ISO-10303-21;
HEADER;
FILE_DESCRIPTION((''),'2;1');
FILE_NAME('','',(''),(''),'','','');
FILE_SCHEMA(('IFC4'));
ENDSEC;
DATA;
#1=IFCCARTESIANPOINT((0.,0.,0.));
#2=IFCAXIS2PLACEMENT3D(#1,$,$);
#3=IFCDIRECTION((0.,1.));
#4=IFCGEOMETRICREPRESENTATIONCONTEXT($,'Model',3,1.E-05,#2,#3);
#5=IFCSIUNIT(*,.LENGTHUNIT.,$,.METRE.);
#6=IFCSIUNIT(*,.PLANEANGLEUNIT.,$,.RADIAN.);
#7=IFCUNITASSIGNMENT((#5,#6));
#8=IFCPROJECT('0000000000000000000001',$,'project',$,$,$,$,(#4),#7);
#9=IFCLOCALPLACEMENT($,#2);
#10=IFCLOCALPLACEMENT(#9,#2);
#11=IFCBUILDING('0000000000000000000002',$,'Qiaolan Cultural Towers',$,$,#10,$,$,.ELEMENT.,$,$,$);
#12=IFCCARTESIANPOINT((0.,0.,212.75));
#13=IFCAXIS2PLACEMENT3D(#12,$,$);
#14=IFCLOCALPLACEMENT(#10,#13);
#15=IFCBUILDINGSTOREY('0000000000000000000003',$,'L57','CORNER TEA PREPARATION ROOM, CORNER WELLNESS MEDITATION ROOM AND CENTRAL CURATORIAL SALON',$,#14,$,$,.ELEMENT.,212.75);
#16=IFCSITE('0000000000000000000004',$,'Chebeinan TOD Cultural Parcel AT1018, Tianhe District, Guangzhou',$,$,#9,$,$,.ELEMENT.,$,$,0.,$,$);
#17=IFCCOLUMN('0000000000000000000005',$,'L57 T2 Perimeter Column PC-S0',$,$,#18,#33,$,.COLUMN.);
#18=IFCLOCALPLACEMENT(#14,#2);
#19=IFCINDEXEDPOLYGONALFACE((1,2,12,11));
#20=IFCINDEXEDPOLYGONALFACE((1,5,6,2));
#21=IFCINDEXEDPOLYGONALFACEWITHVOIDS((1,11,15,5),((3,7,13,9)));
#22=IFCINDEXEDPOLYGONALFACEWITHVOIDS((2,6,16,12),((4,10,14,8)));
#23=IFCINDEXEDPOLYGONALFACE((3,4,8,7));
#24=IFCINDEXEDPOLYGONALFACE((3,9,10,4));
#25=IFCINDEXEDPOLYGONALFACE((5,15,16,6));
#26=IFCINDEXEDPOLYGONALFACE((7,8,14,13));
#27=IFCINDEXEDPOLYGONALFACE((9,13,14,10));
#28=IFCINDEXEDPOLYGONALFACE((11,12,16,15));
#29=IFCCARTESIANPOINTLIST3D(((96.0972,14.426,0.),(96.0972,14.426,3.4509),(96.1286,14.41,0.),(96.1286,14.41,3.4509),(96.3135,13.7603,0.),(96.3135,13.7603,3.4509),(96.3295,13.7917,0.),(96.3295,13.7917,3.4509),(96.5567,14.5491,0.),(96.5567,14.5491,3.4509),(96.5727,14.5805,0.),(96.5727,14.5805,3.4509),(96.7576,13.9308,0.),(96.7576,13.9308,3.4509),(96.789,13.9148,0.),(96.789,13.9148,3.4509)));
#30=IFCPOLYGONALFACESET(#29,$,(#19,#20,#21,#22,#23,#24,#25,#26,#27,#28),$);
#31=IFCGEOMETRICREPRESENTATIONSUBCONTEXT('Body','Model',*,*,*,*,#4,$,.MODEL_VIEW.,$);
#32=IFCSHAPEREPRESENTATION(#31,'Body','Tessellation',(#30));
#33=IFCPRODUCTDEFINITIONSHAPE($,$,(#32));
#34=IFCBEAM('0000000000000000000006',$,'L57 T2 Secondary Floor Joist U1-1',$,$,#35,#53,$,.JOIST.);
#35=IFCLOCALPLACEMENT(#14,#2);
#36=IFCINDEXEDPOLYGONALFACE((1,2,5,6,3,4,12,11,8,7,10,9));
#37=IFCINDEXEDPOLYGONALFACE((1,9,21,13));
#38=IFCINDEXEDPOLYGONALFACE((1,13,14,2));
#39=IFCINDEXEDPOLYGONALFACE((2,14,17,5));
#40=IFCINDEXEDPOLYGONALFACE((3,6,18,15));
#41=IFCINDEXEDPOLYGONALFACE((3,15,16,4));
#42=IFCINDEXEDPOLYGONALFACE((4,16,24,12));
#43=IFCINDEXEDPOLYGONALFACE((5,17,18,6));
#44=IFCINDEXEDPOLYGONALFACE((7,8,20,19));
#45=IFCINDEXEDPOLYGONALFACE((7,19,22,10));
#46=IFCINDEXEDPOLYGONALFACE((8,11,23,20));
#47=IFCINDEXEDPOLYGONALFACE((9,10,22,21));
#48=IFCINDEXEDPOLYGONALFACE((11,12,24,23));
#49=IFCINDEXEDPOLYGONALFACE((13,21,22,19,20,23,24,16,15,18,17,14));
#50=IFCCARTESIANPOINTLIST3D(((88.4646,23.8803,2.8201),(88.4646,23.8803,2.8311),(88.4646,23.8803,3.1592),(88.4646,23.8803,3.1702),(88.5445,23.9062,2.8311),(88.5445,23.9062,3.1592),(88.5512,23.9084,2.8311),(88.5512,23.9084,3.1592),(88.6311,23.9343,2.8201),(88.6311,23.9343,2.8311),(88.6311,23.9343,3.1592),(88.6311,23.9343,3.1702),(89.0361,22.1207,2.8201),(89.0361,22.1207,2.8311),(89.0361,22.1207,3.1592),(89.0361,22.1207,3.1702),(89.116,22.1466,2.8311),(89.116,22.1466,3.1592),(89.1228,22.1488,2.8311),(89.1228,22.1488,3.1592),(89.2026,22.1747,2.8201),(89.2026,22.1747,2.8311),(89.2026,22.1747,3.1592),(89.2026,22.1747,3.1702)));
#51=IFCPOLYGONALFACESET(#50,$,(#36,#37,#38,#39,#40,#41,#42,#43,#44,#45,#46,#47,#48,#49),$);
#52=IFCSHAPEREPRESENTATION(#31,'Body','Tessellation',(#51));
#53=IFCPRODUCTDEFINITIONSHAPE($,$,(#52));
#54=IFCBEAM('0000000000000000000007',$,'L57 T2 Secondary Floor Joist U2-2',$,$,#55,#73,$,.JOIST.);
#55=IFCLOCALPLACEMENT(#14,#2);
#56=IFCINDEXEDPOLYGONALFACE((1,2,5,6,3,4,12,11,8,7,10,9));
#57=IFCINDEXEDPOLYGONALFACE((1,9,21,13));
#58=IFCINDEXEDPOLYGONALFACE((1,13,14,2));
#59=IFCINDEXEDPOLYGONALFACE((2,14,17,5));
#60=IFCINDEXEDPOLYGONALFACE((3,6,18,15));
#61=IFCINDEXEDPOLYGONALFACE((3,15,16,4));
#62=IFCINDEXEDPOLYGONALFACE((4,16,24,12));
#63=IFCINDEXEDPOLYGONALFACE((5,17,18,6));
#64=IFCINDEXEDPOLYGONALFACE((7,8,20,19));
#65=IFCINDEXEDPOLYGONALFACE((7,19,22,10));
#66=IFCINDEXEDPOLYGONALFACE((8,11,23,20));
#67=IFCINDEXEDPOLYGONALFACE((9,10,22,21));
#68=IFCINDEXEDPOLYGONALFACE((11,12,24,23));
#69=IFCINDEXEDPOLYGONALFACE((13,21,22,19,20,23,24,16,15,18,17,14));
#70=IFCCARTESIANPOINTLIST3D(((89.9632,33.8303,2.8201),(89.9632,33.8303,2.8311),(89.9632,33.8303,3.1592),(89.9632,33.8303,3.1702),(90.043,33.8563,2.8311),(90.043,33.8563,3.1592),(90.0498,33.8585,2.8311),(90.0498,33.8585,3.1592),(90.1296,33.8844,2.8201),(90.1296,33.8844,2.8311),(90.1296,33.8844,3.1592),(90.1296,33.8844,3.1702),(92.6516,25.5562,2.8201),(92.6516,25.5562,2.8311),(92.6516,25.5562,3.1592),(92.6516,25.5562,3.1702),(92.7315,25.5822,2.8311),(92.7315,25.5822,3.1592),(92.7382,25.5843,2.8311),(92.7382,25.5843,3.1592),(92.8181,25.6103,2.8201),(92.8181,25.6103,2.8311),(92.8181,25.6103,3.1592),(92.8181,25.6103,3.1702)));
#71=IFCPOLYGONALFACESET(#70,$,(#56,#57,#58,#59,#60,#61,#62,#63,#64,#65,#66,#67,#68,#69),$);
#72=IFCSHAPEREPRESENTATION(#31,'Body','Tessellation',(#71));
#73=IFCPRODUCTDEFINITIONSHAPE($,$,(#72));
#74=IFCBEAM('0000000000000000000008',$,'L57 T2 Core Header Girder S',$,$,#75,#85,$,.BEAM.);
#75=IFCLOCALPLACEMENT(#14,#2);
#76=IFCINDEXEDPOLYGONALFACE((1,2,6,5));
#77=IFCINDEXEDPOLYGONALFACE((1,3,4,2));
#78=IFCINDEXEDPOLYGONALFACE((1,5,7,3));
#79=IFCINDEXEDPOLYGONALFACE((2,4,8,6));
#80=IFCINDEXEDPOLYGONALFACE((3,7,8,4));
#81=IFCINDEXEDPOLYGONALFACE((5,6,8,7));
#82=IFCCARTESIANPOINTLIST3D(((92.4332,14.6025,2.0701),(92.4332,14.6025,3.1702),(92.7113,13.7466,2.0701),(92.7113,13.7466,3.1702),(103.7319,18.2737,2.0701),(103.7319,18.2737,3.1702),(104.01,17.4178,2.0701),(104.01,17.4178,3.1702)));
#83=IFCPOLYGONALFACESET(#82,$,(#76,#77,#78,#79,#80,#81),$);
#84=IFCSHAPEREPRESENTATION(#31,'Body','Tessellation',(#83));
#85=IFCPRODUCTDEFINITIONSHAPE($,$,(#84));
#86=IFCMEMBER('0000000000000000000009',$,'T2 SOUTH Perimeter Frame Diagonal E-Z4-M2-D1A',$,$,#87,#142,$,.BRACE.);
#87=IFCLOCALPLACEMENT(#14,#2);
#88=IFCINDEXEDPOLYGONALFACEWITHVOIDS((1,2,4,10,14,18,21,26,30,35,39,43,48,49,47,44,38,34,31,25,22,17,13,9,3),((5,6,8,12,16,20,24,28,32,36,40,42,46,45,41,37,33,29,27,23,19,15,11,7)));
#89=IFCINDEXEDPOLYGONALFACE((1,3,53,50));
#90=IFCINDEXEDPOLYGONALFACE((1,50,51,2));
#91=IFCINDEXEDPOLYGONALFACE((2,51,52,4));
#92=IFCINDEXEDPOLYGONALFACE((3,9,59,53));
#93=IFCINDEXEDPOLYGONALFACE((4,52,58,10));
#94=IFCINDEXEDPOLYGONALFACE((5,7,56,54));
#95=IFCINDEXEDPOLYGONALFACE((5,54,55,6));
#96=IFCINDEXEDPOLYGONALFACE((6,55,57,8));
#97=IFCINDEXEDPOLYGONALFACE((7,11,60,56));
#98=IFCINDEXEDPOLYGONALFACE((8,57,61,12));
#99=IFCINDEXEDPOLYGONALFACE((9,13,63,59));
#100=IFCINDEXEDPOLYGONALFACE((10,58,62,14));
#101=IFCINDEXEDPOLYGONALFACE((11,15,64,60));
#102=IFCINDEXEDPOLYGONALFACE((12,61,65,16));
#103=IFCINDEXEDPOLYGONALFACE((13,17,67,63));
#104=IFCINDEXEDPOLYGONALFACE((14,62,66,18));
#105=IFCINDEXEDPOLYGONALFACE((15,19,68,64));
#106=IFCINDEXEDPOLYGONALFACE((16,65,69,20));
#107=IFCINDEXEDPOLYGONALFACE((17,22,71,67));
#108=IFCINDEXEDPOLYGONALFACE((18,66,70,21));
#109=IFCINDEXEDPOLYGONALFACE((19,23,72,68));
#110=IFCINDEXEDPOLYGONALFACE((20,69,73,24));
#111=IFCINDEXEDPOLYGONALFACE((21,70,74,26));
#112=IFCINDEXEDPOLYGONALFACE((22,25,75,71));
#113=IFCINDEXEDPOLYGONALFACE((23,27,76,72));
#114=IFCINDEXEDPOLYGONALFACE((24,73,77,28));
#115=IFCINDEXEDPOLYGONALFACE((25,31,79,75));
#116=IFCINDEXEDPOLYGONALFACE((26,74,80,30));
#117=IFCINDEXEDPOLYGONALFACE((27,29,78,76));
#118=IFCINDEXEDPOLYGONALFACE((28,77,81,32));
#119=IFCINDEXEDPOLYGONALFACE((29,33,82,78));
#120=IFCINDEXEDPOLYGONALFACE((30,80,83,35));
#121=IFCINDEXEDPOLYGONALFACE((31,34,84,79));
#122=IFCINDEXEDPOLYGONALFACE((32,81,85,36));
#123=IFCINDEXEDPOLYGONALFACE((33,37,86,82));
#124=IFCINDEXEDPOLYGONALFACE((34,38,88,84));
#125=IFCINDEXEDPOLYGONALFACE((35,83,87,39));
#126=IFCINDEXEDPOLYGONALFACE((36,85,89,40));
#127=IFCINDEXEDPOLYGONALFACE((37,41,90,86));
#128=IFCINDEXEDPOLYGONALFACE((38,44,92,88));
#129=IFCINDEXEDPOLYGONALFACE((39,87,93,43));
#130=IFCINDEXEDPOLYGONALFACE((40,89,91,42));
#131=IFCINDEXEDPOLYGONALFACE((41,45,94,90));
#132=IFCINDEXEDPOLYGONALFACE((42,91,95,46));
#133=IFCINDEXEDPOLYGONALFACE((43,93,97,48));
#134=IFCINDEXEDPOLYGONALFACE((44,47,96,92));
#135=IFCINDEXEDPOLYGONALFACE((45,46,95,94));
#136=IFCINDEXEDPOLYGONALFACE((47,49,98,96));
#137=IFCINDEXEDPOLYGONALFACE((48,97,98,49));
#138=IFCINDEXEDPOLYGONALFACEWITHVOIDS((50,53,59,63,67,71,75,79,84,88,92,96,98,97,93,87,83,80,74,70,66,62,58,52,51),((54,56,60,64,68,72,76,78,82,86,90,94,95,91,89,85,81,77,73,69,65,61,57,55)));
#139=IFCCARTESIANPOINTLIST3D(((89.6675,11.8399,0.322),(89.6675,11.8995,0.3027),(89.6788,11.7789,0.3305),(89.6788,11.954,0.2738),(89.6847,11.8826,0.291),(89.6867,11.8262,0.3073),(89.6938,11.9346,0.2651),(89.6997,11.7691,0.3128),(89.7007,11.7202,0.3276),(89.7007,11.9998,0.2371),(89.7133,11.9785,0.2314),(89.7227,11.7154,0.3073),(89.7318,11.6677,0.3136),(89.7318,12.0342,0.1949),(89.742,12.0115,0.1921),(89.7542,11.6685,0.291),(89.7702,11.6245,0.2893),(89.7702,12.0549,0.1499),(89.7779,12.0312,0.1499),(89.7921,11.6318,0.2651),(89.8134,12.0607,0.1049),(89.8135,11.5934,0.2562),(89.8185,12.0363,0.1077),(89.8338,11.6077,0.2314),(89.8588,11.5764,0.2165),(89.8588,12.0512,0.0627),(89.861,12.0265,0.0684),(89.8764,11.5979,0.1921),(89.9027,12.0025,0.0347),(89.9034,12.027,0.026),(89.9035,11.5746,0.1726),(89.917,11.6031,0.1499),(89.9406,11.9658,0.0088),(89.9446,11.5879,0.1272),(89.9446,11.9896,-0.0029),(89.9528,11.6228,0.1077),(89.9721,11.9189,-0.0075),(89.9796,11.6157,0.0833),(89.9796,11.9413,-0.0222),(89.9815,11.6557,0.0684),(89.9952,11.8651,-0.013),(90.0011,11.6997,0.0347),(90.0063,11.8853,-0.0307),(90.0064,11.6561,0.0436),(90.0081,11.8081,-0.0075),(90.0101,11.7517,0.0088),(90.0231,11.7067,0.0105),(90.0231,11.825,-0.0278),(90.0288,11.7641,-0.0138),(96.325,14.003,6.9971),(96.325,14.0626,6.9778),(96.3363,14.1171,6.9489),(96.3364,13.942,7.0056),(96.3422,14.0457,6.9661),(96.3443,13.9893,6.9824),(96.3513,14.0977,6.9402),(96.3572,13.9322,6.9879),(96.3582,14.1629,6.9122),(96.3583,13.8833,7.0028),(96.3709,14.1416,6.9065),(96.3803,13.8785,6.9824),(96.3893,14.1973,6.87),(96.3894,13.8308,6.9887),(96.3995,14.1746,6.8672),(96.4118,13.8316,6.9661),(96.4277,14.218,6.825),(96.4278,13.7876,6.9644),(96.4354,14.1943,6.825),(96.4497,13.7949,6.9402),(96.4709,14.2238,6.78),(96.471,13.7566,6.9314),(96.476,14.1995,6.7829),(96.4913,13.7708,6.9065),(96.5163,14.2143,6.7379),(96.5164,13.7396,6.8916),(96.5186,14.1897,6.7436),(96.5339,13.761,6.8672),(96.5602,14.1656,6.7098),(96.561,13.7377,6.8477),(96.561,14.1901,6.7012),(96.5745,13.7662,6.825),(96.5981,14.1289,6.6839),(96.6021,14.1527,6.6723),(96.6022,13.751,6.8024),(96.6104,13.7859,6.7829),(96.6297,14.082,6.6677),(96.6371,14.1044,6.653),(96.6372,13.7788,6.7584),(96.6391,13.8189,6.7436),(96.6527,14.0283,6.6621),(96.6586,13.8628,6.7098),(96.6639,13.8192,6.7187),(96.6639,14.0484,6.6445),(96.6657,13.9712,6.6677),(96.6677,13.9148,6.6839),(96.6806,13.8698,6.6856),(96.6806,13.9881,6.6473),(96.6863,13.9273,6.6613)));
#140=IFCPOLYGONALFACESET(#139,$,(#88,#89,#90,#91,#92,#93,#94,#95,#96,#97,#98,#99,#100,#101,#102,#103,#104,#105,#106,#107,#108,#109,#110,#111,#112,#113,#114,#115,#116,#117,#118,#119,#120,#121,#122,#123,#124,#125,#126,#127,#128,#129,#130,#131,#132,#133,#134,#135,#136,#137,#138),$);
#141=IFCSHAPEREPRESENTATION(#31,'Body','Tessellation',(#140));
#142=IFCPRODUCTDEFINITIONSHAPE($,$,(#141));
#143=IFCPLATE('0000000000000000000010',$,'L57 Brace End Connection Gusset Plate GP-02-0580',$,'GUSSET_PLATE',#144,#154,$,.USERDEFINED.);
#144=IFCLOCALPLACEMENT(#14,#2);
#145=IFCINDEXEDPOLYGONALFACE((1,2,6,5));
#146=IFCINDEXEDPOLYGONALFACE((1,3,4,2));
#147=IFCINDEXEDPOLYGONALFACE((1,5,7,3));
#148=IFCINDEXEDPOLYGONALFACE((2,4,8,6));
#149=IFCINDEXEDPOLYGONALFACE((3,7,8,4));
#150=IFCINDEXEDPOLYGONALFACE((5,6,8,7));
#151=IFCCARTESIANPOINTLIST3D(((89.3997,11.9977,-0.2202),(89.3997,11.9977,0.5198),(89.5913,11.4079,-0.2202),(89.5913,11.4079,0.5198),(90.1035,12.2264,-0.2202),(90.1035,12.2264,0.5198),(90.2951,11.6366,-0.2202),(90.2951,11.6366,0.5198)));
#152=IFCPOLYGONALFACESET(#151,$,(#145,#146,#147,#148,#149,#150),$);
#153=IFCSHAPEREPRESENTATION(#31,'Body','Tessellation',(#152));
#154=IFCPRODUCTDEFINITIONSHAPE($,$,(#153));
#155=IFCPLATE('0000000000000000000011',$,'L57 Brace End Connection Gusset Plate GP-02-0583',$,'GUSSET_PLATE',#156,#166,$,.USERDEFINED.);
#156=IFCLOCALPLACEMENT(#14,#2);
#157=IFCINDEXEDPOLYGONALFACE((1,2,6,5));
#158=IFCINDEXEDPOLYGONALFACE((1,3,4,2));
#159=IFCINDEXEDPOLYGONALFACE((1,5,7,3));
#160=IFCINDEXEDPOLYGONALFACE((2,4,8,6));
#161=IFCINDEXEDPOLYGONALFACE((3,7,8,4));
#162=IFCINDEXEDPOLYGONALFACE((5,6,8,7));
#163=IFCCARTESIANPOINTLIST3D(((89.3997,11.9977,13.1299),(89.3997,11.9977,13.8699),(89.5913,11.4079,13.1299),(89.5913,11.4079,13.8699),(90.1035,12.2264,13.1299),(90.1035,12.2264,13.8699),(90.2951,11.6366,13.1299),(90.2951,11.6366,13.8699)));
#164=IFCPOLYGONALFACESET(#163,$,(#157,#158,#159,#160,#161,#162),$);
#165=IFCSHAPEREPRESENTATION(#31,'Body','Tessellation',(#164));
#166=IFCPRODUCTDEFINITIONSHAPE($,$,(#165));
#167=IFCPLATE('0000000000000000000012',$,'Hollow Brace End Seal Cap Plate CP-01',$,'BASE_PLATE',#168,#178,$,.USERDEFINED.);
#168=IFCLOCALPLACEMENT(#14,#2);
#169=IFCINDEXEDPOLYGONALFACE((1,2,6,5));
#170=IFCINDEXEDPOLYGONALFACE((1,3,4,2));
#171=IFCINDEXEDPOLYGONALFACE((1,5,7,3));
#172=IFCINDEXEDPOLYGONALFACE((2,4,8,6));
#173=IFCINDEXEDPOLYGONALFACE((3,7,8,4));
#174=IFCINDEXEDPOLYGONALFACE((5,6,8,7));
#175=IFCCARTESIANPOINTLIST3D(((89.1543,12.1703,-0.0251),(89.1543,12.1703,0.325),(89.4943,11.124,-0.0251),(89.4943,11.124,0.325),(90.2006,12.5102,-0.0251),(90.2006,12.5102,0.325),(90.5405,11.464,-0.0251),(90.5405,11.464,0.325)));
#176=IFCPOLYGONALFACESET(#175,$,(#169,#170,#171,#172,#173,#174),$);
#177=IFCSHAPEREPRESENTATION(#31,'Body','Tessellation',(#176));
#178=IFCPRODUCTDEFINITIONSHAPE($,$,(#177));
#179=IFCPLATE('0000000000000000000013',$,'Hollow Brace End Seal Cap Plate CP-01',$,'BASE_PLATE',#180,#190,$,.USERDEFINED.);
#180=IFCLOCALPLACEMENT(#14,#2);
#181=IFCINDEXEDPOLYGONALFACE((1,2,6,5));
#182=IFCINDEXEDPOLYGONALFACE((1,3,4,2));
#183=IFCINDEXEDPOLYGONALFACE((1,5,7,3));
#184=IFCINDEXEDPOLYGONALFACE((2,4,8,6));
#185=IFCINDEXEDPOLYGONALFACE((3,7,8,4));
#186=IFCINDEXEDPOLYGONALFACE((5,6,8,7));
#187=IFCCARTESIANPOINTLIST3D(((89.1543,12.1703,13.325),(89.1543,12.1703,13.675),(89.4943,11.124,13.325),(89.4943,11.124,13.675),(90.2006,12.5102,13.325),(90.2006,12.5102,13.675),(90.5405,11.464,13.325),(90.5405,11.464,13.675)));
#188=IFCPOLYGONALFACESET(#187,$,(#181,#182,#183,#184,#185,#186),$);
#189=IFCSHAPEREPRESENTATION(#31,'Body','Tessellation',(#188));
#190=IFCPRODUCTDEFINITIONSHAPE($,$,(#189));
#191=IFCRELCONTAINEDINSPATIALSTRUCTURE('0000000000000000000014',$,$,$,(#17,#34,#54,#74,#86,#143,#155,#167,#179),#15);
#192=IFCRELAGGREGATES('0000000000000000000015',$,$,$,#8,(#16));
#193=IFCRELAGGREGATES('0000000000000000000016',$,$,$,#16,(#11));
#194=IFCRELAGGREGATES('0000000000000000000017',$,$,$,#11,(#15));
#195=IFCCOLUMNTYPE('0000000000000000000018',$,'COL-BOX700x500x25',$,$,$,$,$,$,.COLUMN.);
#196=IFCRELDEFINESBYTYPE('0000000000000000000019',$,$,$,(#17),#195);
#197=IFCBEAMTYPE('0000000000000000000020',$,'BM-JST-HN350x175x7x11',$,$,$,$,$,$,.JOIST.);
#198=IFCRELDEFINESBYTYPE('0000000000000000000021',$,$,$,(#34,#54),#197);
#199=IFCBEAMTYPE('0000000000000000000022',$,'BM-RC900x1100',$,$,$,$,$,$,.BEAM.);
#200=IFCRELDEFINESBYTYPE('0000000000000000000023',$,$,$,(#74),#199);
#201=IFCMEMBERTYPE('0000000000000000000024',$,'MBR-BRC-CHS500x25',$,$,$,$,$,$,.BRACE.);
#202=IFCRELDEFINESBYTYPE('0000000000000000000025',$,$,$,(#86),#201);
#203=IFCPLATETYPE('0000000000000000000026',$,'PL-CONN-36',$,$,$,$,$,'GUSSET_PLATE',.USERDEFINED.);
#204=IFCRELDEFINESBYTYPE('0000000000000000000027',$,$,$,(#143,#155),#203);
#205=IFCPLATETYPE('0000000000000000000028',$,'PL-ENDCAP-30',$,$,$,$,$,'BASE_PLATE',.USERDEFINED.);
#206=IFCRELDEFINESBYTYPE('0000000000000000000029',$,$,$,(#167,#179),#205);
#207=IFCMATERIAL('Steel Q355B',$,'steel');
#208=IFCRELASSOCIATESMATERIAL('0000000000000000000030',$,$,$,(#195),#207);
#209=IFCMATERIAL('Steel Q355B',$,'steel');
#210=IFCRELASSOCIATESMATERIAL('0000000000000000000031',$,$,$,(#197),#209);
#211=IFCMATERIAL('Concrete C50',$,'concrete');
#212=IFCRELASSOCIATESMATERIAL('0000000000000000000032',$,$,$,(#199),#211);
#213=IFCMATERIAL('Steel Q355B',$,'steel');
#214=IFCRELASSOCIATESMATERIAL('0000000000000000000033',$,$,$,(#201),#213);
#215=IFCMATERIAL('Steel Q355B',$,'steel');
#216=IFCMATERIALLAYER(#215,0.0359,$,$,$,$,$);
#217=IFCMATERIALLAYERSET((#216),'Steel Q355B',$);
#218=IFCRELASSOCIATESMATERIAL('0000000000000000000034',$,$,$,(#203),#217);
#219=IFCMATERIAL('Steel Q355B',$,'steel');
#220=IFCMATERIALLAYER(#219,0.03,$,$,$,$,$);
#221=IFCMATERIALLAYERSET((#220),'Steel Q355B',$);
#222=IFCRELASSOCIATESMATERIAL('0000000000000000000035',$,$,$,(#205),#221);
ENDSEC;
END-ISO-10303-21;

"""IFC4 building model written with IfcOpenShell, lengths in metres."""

from ifc_helpers import new_model, si_unit, direction, frame, origin, origin_2d, place, context, subcontext, project, spatial, rectangle, hollow_rectangle, hollow_circle, i_section, extrude, material, layer, layer_set, material_profile, profile_set, type_object, element, save


model = new_model("IFC4")

# Units and contexts
model_context = context("Model", 3, precision=1e-05, world=origin(), true_north=direction((0.0, 1.0)))
body_context = subcontext(model_context, "Body", "Model", "MODEL_VIEW")
ifc_project = project(units=[si_unit("LENGTHUNIT", "METRE"), si_unit("PLANEANGLEUNIT", "RADIAN")], contexts=[model_context])

# Site, building, storey
site_placement = place(None, origin())
site = spatial("IfcSite", under=ifc_project, at=site_placement, Name="Chebeinan TOD Cultural Parcel AT1018, Tianhe District, Guangzhou", CompositionType="ELEMENT", RefElevation=0.0)
building_placement = place(site_placement, origin())
building = spatial("IfcBuilding", under=site, at=building_placement, Name="Qiaolan Cultural Towers", CompositionType="ELEMENT")
storey_placement = place(building_placement, frame((0.0, 0.0, 212.75)))
storey = spatial("IfcBuildingStorey", under=building, at=storey_placement, Name="L57", Description="CORNER TEA PREPARATION ROOM, CORNER WELLNESS MEDITATION ROOM AND CENTRAL CURATORIAL SALON", CompositionType="ELEMENT", Elevation=212.75)

# Column
ifc_material_1 = material(Name="Steel Q355B", Category="steel")
ifc_material_profile_1 = material_profile(ifc_material_1, hollow_rectangle(XDim=0.5, YDim=0.7, WallThickness=0.0249, at=origin_2d()), Name="BOX700x500x25")
ifc_profile_set_1 = profile_set([ifc_material_profile_1], Name="Steel Q355B")
column_type = type_object("IfcColumnType", Name="COL-BOX700x500x25", PredefinedType="COLUMN", material=ifc_profile_set_1)
column_placement = place(storey_placement, frame((96.4431, 14.1704, 0.0), z_axis=(0.0, 0.0, 1.0), x_axis=(0.951057, 0.309017, 0.0)))
element("IfcColumn", 1, at=column_placement, inside=storey, type_object=column_type, Name="L57 T2 Perimeter Column PC-S0", PredefinedType="COLUMN", context=body_context, shape_type="SweptSolid", body=[
    extrude(hollow_rectangle(XDim=0.5, YDim=0.7, WallThickness=0.0249, at=origin_2d()), origin(), (0.0, 0.0, 1.0), 3.4509),
])

# Beams
ifc_material_2 = material(Name="Steel Q355B", Category="steel")
ifc_material_profile_2 = material_profile(ifc_material_2, i_section(OverallWidth=0.175, OverallDepth=0.3501, WebThickness=0.0071, FlangeThickness=0.011, at=origin_2d()), Name="HN350x175x7x11")
ifc_profile_set_2 = profile_set([ifc_material_profile_2], Name="Steel Q355B")
beam_type_1 = type_object("IfcBeamType", Name="BM-JST-HN350x175x7x11", PredefinedType="JOIST", material=ifc_profile_set_2)
beam_1_placement = place(storey_placement, frame((89.1194, 22.1477, 2.9951), z_axis=(-0.308934, 0.951084, 0.0), x_axis=(-0.951084, -0.308934, 0.0)))
element("IfcBeam", 2, at=beam_1_placement, inside=storey, type_object=beam_type_1, Name="L57 T2 Secondary Floor Joist U1-1", PredefinedType="JOIST", context=body_context, shape_type="SweptSolid", body=[
    extrude(i_section(OverallWidth=0.175, OverallDepth=0.3501, WebThickness=0.0071, FlangeThickness=0.011, at=origin_2d()), origin(), (0.0, 0.0, 1.0), 1.8501),
])
beam_2_placement = place(storey_placement, frame((92.7349, 25.5833, 2.9951), z_axis=(-0.309021, 0.951055, 0.0), x_axis=(-0.951055, -0.309021, 0.0)))
element("IfcBeam", 3, at=beam_2_placement, inside=storey, type_object=beam_type_1, Name="L57 T2 Secondary Floor Joist U2-2", PredefinedType="JOIST", context=body_context, shape_type="SweptSolid", body=[
    extrude(i_section(OverallWidth=0.175, OverallDepth=0.3501, WebThickness=0.0071, FlangeThickness=0.011, at=origin_2d()), origin(), (0.0, 0.0, 1.0), 8.7),
])
ifc_material_3 = material(Name="Concrete C50", Category="concrete")
ifc_material_profile_3 = material_profile(ifc_material_3, rectangle(XDim=0.8999, YDim=1.1001, at=origin_2d()), Name="RC900x1100")
ifc_profile_set_3 = profile_set([ifc_material_profile_3], Name="Concrete C50")
beam_type_2 = type_object("IfcBeamType", Name="BM-RC900x1100", PredefinedType="BEAM", material=ifc_profile_set_3)
beam_3_placement = place(storey_placement, frame((92.5723, 14.1746, 2.6201), z_axis=(0.951056, 0.309018, 0.0), x_axis=(-0.309018, 0.951056, 0.0)))
element("IfcBeam", 4, at=beam_3_placement, inside=storey, type_object=beam_type_2, Name="L57 T2 Core Header Girder S", PredefinedType="BEAM", context=body_context, shape_type="SweptSolid", body=[
    extrude(rectangle(XDim=0.8999, YDim=1.1001, at=origin_2d()), origin(), (0.0, 0.0, 1.0), 11.8801),
])

# Member
ifc_material_4 = material(Name="Steel Q355B", Category="steel")
ifc_material_profile_4 = material_profile(ifc_material_4, hollow_circle(Radius=0.25, WallThickness=0.0249, at=origin_2d()), Name="CHS500x25")
ifc_profile_set_4 = profile_set([ifc_material_profile_4], Name="Steel Q355B")
member_type = type_object("IfcMemberType", Name="MBR-BRC-CHS500x25", PredefinedType="BRACE", material=ifc_profile_set_4)
member_placement = place(storey_placement, frame((89.8474, 11.8171, 0.1499), z_axis=(0.688289, 0.223633, 0.690106), x_axis=(-0.30901, 0.951059, 0.0)))
element("IfcMember", 5, at=member_placement, inside=storey, type_object=member_type, Name="T2 SOUTH Perimeter Frame Diagonal E-Z4-M2-D1A", PredefinedType="BRACE", context=body_context, shape_type="SweptSolid", body=[
    extrude(hollow_circle(Radius=0.25, WallThickness=0.0249, at=origin_2d()), origin(), (0.0, 0.0, 1.0), 9.6726),
])

# Plates
ifc_material_5 = material(Name="Steel Q355B", Category="steel")
ifc_layer_1 = layer(ifc_material_5, 0.0359)
ifc_layer_set_1 = layer_set([ifc_layer_1], Name="Steel Q355B")
plate_type_1 = type_object("IfcPlateType", Name="PL-CONN-36", ElementType="GUSSET_PLATE", PredefinedType="USERDEFINED", material=ifc_layer_set_1)
for number, where, z_axis, x_axis, name in (
    (6, (89.8474, 11.8171, -0.2202), (0.0, 0.0, 1.0), (0.951057, 0.309017, 0.0), "L57 Brace End Connection Gusset Plate GP-02-0580"),
    (7, (89.8474, 11.8171, 13.1299), (0.0, 0.0, 1.0), (0.951057, 0.309017, 0.0), "L57 Brace End Connection Gusset Plate GP-02-0583"),
):
    element("IfcPlate", number, at=place(storey_placement, frame(where, z_axis=z_axis, x_axis=x_axis)), inside=storey, type_object=plate_type_1, Name=name, ObjectType="GUSSET_PLATE", PredefinedType="USERDEFINED", context=body_context, shape_type="SweptSolid", body=[
        extrude(rectangle(XDim=0.74, YDim=0.6201, at=origin_2d()), origin(), (0.0, 0.0, 1.0), 0.74),
    ])
ifc_material_6 = material(Name="Steel Q355B", Category="steel")
ifc_layer_2 = layer(ifc_material_6, 0.03)
ifc_layer_set_2 = layer_set([ifc_layer_2], Name="Steel Q355B")
plate_type_2 = type_object("IfcPlateType", Name="PL-ENDCAP-30", ElementType="BASE_PLATE", PredefinedType="USERDEFINED", material=ifc_layer_set_2)
for number, where, z_axis, x_axis, name in (
    (8, (89.8474, 11.8171, -0.0251), (0.0, 0.0, 1.0), (0.951057, 0.309017, 0.0), "Hollow Brace End Seal Cap Plate CP-01"),
    (9, (89.8474, 11.8171, 13.325), (0.0, 0.0, 1.0), (0.951057, 0.309017, 0.0), "Hollow Brace End Seal Cap Plate CP-01"),
):
    element("IfcPlate", number, at=place(storey_placement, frame(where, z_axis=z_axis, x_axis=x_axis)), inside=storey, type_object=plate_type_2, Name=name, ObjectType="BASE_PLATE", PredefinedType="USERDEFINED", context=body_context, shape_type="SweptSolid", body=[
        extrude(rectangle(XDim=1.1001, YDim=1.1001, at=origin_2d()), origin(), (0.0, 0.0, 1.0), 0.3501),
    ])

save(model, "model.ifc")
